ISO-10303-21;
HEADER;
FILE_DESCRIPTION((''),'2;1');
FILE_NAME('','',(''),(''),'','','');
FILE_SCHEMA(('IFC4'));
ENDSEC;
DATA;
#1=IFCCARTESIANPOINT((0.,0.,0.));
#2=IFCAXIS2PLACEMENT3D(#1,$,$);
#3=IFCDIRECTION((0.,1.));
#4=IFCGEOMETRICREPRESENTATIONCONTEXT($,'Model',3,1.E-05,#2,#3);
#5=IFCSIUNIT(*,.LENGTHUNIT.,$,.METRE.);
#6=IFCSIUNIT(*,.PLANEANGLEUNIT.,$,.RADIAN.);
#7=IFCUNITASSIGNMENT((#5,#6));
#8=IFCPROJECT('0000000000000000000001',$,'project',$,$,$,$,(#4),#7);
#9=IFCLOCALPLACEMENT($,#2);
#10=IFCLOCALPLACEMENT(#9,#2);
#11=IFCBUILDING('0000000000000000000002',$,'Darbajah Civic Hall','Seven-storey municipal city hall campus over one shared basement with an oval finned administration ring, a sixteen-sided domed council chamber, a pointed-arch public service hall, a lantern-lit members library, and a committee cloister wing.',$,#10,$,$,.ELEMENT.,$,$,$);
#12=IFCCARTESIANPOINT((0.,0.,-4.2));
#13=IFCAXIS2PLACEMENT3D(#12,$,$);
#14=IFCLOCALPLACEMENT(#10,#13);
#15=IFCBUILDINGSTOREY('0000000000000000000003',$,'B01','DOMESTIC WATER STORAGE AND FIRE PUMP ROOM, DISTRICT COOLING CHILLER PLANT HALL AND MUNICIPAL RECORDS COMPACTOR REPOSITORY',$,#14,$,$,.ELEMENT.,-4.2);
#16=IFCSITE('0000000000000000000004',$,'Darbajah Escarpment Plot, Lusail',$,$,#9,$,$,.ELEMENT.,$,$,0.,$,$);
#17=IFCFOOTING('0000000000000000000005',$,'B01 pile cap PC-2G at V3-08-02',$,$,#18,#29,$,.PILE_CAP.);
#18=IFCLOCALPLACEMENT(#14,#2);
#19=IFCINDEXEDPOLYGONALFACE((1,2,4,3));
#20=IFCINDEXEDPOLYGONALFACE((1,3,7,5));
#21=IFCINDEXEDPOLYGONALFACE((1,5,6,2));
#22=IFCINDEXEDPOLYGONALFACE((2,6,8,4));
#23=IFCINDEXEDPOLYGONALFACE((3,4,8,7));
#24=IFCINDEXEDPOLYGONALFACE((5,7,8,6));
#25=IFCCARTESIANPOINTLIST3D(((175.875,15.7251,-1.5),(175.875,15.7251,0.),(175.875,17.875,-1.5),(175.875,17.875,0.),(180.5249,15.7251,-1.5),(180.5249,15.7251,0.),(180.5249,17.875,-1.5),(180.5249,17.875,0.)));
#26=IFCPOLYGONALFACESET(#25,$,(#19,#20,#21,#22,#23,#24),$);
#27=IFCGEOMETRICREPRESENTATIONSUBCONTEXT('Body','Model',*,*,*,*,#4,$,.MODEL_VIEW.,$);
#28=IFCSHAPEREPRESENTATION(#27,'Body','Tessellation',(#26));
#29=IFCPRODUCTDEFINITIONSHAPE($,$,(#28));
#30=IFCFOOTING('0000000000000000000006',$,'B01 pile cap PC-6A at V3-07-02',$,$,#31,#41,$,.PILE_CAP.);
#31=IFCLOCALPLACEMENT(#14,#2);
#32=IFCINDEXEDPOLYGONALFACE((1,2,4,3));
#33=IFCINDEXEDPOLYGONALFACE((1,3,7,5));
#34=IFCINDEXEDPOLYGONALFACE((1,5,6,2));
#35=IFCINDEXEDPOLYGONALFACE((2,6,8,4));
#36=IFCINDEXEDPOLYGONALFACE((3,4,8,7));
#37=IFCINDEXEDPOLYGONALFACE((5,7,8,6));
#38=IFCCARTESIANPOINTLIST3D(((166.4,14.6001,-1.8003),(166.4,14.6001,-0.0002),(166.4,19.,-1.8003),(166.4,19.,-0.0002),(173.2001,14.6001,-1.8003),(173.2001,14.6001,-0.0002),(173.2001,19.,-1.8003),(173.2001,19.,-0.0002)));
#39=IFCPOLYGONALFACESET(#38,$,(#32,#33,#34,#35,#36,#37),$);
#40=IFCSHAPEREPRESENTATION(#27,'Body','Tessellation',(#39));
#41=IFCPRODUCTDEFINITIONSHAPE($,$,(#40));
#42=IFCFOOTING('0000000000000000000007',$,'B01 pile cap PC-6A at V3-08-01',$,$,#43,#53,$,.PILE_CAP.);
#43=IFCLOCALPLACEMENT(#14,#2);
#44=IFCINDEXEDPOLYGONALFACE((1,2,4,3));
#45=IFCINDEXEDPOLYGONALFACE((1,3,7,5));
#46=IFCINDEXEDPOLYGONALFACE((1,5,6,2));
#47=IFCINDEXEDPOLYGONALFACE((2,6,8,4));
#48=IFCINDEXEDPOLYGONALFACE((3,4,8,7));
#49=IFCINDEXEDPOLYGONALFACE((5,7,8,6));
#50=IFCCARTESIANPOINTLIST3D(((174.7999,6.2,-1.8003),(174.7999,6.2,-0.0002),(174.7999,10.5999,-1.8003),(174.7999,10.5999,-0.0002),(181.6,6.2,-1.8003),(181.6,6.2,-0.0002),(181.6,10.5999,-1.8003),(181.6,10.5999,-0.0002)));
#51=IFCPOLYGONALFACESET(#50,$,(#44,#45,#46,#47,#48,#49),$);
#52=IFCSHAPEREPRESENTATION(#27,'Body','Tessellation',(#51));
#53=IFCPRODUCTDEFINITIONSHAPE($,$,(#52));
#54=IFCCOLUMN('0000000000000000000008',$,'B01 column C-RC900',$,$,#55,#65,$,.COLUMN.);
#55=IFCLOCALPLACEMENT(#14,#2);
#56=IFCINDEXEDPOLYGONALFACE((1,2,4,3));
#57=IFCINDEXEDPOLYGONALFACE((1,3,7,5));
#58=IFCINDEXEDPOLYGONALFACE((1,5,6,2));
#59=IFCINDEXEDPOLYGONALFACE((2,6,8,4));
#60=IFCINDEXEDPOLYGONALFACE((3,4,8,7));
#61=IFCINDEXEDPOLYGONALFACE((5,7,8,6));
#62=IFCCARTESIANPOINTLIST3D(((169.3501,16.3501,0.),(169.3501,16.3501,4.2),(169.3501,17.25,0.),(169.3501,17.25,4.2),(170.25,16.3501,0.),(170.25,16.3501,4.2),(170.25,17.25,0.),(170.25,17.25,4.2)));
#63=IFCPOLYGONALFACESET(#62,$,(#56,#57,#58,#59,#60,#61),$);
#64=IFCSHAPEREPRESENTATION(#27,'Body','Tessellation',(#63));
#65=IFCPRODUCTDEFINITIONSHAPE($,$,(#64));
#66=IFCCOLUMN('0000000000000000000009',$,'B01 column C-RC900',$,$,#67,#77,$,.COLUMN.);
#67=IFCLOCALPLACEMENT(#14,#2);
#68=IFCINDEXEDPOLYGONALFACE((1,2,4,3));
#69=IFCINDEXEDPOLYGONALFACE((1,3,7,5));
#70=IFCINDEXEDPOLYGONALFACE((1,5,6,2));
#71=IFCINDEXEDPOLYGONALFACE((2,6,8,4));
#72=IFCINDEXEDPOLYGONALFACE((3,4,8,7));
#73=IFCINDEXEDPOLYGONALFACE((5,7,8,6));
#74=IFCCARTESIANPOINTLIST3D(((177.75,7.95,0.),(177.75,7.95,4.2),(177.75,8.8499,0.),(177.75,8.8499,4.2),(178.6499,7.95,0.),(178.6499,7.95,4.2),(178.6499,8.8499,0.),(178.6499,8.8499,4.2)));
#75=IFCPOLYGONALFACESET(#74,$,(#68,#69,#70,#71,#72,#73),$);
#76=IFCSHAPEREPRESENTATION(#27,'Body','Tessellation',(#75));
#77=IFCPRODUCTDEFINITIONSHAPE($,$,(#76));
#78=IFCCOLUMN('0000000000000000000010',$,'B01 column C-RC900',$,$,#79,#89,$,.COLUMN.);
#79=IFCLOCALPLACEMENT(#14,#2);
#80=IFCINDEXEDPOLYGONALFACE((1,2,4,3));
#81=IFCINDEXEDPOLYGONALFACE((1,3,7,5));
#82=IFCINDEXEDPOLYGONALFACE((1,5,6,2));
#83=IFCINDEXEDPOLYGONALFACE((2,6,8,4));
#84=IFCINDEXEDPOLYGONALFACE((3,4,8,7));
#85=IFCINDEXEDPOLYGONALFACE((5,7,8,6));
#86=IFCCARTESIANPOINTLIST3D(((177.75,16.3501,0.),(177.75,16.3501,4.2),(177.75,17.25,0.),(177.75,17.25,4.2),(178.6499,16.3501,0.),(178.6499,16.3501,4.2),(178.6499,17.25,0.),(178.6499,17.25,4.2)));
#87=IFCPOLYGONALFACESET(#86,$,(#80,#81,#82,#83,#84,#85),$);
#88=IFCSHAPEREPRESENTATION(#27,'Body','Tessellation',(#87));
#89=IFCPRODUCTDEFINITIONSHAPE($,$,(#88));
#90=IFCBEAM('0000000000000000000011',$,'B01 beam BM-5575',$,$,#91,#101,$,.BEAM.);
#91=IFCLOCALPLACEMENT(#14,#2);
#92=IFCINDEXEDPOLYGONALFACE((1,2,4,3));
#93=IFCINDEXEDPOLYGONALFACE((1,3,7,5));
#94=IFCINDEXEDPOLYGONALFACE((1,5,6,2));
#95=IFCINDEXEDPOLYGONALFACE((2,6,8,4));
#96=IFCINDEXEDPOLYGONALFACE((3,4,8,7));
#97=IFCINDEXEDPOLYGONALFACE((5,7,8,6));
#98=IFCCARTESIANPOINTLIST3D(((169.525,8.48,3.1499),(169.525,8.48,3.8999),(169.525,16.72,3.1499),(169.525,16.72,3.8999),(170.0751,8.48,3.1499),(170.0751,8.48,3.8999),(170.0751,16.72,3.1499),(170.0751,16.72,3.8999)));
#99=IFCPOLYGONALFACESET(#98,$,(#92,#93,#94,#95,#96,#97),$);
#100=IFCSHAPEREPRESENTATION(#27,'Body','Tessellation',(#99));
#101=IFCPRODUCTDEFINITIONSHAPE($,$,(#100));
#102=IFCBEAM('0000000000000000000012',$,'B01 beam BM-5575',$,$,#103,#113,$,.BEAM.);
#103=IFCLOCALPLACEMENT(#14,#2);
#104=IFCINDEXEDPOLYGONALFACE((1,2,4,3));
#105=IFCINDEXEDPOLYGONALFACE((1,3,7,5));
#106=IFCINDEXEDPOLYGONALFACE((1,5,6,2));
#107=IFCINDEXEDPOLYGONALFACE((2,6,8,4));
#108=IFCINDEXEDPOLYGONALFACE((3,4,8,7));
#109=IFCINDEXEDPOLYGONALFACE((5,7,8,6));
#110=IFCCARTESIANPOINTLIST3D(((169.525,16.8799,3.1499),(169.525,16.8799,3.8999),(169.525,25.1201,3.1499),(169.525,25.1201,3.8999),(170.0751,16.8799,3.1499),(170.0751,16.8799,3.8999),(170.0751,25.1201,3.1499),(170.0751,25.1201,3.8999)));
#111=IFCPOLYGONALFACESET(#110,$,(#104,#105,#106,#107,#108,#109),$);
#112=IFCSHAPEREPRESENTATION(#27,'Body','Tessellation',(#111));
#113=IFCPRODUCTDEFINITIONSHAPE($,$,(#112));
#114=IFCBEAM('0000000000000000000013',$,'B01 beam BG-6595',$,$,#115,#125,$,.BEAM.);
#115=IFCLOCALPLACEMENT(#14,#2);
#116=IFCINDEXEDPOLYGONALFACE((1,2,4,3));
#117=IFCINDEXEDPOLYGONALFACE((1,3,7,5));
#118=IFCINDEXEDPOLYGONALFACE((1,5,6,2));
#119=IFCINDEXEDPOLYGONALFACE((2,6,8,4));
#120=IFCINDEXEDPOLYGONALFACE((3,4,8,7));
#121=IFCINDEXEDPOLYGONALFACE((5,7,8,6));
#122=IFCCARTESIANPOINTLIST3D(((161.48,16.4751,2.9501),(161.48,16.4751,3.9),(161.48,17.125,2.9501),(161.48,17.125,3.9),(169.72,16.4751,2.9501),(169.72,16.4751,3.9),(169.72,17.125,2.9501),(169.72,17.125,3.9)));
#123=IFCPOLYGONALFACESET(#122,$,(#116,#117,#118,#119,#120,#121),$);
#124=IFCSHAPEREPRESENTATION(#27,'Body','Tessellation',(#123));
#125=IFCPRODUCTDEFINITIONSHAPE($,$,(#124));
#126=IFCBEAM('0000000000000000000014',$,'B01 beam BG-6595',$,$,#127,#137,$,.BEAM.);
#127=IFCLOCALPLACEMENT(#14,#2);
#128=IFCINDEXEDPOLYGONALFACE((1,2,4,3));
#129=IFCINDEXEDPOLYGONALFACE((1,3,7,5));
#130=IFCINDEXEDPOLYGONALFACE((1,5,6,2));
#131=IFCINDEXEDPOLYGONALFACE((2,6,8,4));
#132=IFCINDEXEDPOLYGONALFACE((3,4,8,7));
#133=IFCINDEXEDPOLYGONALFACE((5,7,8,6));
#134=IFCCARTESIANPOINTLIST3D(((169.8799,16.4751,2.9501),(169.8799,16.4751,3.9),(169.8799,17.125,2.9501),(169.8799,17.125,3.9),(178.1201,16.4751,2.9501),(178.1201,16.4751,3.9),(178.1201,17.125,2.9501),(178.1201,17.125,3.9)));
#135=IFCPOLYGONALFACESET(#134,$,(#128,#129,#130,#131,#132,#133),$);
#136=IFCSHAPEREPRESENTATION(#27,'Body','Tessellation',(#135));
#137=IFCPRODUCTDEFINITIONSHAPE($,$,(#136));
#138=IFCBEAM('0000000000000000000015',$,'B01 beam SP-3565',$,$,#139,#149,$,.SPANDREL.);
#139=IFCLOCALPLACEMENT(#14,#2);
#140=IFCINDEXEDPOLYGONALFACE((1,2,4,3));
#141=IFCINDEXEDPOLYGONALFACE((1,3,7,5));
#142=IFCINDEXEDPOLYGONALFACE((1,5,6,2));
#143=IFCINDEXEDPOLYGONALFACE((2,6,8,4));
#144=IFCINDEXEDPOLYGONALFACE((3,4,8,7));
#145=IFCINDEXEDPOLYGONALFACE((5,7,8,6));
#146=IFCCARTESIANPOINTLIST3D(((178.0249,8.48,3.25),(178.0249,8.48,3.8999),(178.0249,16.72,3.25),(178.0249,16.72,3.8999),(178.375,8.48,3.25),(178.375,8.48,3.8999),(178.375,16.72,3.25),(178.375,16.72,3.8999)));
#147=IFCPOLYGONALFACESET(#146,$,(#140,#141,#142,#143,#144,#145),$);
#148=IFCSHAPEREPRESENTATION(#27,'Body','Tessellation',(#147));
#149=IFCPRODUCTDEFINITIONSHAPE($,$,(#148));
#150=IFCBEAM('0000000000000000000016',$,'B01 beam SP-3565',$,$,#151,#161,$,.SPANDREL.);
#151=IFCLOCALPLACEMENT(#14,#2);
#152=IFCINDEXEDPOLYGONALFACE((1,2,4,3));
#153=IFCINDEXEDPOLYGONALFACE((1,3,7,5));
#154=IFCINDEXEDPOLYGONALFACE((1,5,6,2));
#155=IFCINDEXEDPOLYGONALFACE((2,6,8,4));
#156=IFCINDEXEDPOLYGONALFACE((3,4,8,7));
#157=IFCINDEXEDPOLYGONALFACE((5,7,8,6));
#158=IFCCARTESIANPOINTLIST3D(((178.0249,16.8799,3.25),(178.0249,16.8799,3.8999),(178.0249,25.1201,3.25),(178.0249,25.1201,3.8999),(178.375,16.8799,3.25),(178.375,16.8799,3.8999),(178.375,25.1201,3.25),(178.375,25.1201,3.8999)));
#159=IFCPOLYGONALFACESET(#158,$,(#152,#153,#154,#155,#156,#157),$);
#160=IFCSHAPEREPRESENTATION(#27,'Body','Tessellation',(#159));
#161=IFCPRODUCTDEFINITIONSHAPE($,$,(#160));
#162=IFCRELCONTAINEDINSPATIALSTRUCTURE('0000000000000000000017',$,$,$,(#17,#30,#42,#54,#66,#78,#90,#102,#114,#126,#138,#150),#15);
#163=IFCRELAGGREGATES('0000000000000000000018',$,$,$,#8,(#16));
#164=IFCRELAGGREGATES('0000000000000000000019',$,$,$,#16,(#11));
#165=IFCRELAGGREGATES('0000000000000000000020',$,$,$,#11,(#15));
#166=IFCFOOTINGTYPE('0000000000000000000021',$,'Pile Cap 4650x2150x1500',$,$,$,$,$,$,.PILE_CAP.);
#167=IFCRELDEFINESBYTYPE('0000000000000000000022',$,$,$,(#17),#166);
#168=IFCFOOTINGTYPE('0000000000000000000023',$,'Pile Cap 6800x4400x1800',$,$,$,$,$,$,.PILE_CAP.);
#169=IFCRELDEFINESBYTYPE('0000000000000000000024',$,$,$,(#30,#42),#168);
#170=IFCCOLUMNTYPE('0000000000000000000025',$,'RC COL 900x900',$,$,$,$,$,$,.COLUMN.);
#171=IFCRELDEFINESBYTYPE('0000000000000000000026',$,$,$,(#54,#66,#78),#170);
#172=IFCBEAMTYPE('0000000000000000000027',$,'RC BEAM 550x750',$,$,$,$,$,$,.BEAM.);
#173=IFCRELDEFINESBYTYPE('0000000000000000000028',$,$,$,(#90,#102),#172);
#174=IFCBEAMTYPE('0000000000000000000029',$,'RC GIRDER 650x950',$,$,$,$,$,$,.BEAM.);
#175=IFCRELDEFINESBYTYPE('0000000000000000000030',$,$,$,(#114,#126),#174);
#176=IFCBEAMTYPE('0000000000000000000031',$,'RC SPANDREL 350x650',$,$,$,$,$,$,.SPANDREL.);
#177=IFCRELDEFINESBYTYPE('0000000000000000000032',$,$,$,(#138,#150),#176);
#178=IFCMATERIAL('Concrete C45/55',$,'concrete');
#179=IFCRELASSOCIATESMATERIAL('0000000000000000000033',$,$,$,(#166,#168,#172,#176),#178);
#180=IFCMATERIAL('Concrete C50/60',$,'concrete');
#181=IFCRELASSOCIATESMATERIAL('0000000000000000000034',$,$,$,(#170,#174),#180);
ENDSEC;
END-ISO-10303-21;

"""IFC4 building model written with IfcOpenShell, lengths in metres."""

from ifc_helpers import new_model, si_unit, direction, frame, origin, origin_2d, place, context, subcontext, project, spatial, rectangle, extrude, material, material_profile, profile_set, type_object, element, save


model = new_model("IFC4")

# Units and contexts
model_context = context("Model", 3, precision=1e-05, world=origin(), true_north=direction((0.0, 1.0)))
body_context = subcontext(model_context, "Body", "Model", "MODEL_VIEW")
ifc_project = project(units=[si_unit("LENGTHUNIT", "METRE"), si_unit("PLANEANGLEUNIT", "RADIAN")], contexts=[model_context])

# Site, building, storey
site_placement = place(None, origin())
site = spatial("IfcSite", under=ifc_project, at=site_placement, Name="Darbajah Escarpment Plot, Lusail", CompositionType="ELEMENT", RefElevation=0.0)
building_placement = place(site_placement, origin())
building = spatial("IfcBuilding", under=site, at=building_placement, Name="Darbajah Civic Hall", Description="Seven-storey municipal city hall campus over one shared basement with an oval finned administration ring, a sixteen-sided domed council chamber, a pointed-arch public service hall, a lantern-lit members library, and a committee cloister wing.", CompositionType="ELEMENT")
storey_placement = place(building_placement, frame((0.0, 0.0, -4.2)))
storey = spatial("IfcBuildingStorey", under=building, at=storey_placement, Name="B01", Description="DOMESTIC WATER STORAGE AND FIRE PUMP ROOM, DISTRICT COOLING CHILLER PLANT HALL AND MUNICIPAL RECORDS COMPACTOR REPOSITORY", CompositionType="ELEMENT", Elevation=-4.2)

# Shared definitions
ifc_material_1 = material(Name="Concrete C45/55", Category="concrete")

# Footings
footing_type_1 = type_object("IfcFootingType", Name="Pile Cap 4650x2150x1500", PredefinedType="PILE_CAP", material=ifc_material_1)
footing_placement = place(storey_placement, frame((178.2, 16.8, -1.5), z_axis=(0.0, 0.0, 1.0), x_axis=(1.0, 0.0, 0.0)))
element("IfcFooting", 1, at=footing_placement, inside=storey, type_object=footing_type_1, Name="B01 pile cap PC-2G at V3-08-02", PredefinedType="PILE_CAP", context=body_context, shape_type="SweptSolid", body=[
    extrude(rectangle(XDim=4.6499, YDim=2.1499, at=origin_2d()), origin(), (0.0, 0.0, 1.0), 1.5),
])
footing_type_2 = type_object("IfcFootingType", Name="Pile Cap 6800x4400x1800", PredefinedType="PILE_CAP", material=ifc_material_1)
for number, where, z_axis, x_axis, name in (
    (2, (169.8, 16.8, -1.8003), (0.0, 0.0, 1.0), (1.0, 0.0, 0.0), "B01 pile cap PC-6A at V3-07-02"),
    (3, (178.2, 8.3999, -1.8003), (0.0, 0.0, 1.0), (1.0, 0.0, 0.0), "B01 pile cap PC-6A at V3-08-01"),
):
    element("IfcFooting", number, at=place(storey_placement, frame(where, z_axis=z_axis, x_axis=x_axis)), inside=storey, type_object=footing_type_2, Name=name, PredefinedType="PILE_CAP", context=body_context, shape_type="SweptSolid", body=[
        extrude(rectangle(XDim=6.8, YDim=4.3999, at=origin_2d()), origin(), (0.0, 0.0, 1.0), 1.8),
    ])

# Columns
ifc_material_2 = material(Name="Concrete C50/60", Category="concrete")
ifc_material_profile_1 = material_profile(ifc_material_2, rectangle(XDim=0.8999, YDim=0.8999, at=origin_2d()), Name="RC COL 900x900")
ifc_profile_set_1 = profile_set([ifc_material_profile_1], Name="Concrete C50/60")
column_type = type_object("IfcColumnType", Name="RC COL 900x900", PredefinedType="COLUMN", material=ifc_profile_set_1)
for number, where, z_axis, x_axis, name in (
    (4, (169.8, 16.8, 0.0), (0.0, 0.0, 1.0), (1.0, 0.0, 0.0), "B01 column C-RC900"),
    (5, (178.2, 8.3999, 0.0), (0.0, 0.0, 1.0), (1.0, 0.0, 0.0), "B01 column C-RC900"),
    (6, (178.2, 16.8, 0.0), (0.0, 0.0, 1.0), (1.0, 0.0, 0.0), "B01 column C-RC900"),
):
    element("IfcColumn", number, at=place(storey_placement, frame(where, z_axis=z_axis, x_axis=x_axis)), inside=storey, type_object=column_type, Name=name, PredefinedType="COLUMN", context=body_context, shape_type="SweptSolid", body=[
        extrude(rectangle(XDim=0.8999, YDim=0.8999, at=origin_2d()), origin(), (0.0, 0.0, 1.0), 4.2),
    ])

# Beams
ifc_material_profile_2 = material_profile(ifc_material_1, rectangle(XDim=0.55, YDim=0.75, at=origin_2d()), Name="RC BEAM 550x750")
ifc_profile_set_2 = profile_set([ifc_material_profile_2], Name="Concrete C45/55")
beam_type_1 = type_object("IfcBeamType", Name="RC BEAM 550x750", PredefinedType="BEAM", material=ifc_profile_set_2)
beam_1_placement = place(storey_placement, frame((169.8, 8.48, 3.5249), z_axis=(0.0, 1.0, 0.0), x_axis=(-1.0, 0.0, 0.0)))
element("IfcBeam", 7, at=beam_1_placement, inside=storey, type_object=beam_type_1, Name="B01 beam BM-5575", PredefinedType="BEAM", context=body_context, shape_type="SweptSolid", body=[
    extrude(rectangle(XDim=0.55, YDim=0.75, at=origin_2d()), origin(), (0.0, 0.0, 1.0), 8.24),
])
beam_2_placement = place(storey_placement, frame((169.8, 16.8799, 3.5249), z_axis=(0.0, 1.0, 0.0), x_axis=(-1.0, 0.0, 0.0)))
element("IfcBeam", 8, at=beam_2_placement, inside=storey, type_object=beam_type_1, Name="B01 beam BM-5575", PredefinedType="BEAM", context=body_context, shape_type="SweptSolid", body=[
    extrude(rectangle(XDim=0.55, YDim=0.75, at=origin_2d()), origin(), (0.0, 0.0, 1.0), 8.2402),
])
ifc_material_profile_3 = material_profile(ifc_material_2, rectangle(XDim=0.6499, YDim=0.95, at=origin_2d()), Name="RC GIRDER 650x950")
ifc_profile_set_3 = profile_set([ifc_material_profile_3], Name="Concrete C50/60")
beam_type_2 = type_object("IfcBeamType", Name="RC GIRDER 650x950", PredefinedType="BEAM", material=ifc_profile_set_3)
beam_3_placement = place(storey_placement, frame((161.48, 16.8, 3.425), z_axis=(1.0, 0.0, 0.0), x_axis=(0.0, 1.0, 0.0)))
element("IfcBeam", 9, at=beam_3_placement, inside=storey, type_object=beam_type_2, Name="B01 beam BG-6595", PredefinedType="BEAM", context=body_context, shape_type="SweptSolid", body=[
    extrude(rectangle(XDim=0.6499, YDim=0.95, at=origin_2d()), origin(), (0.0, 0.0, 1.0), 8.24),
])
beam_4_placement = place(storey_placement, frame((169.8799, 16.8, 3.425), z_axis=(1.0, 0.0, 0.0), x_axis=(0.0, 1.0, 0.0)))
element("IfcBeam", 10, at=beam_4_placement, inside=storey, type_object=beam_type_2, Name="B01 beam BG-6595", PredefinedType="BEAM", context=body_context, shape_type="SweptSolid", body=[
    extrude(rectangle(XDim=0.6499, YDim=0.95, at=origin_2d()), origin(), (0.0, 0.0, 1.0), 8.2402),
])
ifc_material_profile_4 = material_profile(ifc_material_1, rectangle(XDim=0.3501, YDim=0.6499, at=origin_2d()), Name="RC SPANDREL 350x650")
ifc_profile_set_4 = profile_set([ifc_material_profile_4], Name="Concrete C45/55")
beam_type_3 = type_object("IfcBeamType", Name="RC SPANDREL 350x650", PredefinedType="SPANDREL", material=ifc_profile_set_4)
beam_5_placement = place(storey_placement, frame((178.2, 8.48, 3.575), z_axis=(0.0, 1.0, 0.0), x_axis=(-1.0, 0.0, 0.0)))
element("IfcBeam", 11, at=beam_5_placement, inside=storey, type_object=beam_type_3, Name="B01 beam SP-3565", PredefinedType="SPANDREL", context=body_context, shape_type="SweptSolid", body=[
    extrude(rectangle(XDim=0.3501, YDim=0.6499, at=origin_2d()), origin(), (0.0, 0.0, 1.0), 8.24),
])
beam_6_placement = place(storey_placement, frame((178.2, 16.8799, 3.575), z_axis=(0.0, 1.0, 0.0), x_axis=(-1.0, 0.0, 0.0)))
element("IfcBeam", 12, at=beam_6_placement, inside=storey, type_object=beam_type_3, Name="B01 beam SP-3565", PredefinedType="SPANDREL", context=body_context, shape_type="SweptSolid", body=[
    extrude(rectangle(XDim=0.3501, YDim=0.6499, at=origin_2d()), origin(), (0.0, 0.0, 1.0), 8.2402),
])

save(model, "model.ifc")
